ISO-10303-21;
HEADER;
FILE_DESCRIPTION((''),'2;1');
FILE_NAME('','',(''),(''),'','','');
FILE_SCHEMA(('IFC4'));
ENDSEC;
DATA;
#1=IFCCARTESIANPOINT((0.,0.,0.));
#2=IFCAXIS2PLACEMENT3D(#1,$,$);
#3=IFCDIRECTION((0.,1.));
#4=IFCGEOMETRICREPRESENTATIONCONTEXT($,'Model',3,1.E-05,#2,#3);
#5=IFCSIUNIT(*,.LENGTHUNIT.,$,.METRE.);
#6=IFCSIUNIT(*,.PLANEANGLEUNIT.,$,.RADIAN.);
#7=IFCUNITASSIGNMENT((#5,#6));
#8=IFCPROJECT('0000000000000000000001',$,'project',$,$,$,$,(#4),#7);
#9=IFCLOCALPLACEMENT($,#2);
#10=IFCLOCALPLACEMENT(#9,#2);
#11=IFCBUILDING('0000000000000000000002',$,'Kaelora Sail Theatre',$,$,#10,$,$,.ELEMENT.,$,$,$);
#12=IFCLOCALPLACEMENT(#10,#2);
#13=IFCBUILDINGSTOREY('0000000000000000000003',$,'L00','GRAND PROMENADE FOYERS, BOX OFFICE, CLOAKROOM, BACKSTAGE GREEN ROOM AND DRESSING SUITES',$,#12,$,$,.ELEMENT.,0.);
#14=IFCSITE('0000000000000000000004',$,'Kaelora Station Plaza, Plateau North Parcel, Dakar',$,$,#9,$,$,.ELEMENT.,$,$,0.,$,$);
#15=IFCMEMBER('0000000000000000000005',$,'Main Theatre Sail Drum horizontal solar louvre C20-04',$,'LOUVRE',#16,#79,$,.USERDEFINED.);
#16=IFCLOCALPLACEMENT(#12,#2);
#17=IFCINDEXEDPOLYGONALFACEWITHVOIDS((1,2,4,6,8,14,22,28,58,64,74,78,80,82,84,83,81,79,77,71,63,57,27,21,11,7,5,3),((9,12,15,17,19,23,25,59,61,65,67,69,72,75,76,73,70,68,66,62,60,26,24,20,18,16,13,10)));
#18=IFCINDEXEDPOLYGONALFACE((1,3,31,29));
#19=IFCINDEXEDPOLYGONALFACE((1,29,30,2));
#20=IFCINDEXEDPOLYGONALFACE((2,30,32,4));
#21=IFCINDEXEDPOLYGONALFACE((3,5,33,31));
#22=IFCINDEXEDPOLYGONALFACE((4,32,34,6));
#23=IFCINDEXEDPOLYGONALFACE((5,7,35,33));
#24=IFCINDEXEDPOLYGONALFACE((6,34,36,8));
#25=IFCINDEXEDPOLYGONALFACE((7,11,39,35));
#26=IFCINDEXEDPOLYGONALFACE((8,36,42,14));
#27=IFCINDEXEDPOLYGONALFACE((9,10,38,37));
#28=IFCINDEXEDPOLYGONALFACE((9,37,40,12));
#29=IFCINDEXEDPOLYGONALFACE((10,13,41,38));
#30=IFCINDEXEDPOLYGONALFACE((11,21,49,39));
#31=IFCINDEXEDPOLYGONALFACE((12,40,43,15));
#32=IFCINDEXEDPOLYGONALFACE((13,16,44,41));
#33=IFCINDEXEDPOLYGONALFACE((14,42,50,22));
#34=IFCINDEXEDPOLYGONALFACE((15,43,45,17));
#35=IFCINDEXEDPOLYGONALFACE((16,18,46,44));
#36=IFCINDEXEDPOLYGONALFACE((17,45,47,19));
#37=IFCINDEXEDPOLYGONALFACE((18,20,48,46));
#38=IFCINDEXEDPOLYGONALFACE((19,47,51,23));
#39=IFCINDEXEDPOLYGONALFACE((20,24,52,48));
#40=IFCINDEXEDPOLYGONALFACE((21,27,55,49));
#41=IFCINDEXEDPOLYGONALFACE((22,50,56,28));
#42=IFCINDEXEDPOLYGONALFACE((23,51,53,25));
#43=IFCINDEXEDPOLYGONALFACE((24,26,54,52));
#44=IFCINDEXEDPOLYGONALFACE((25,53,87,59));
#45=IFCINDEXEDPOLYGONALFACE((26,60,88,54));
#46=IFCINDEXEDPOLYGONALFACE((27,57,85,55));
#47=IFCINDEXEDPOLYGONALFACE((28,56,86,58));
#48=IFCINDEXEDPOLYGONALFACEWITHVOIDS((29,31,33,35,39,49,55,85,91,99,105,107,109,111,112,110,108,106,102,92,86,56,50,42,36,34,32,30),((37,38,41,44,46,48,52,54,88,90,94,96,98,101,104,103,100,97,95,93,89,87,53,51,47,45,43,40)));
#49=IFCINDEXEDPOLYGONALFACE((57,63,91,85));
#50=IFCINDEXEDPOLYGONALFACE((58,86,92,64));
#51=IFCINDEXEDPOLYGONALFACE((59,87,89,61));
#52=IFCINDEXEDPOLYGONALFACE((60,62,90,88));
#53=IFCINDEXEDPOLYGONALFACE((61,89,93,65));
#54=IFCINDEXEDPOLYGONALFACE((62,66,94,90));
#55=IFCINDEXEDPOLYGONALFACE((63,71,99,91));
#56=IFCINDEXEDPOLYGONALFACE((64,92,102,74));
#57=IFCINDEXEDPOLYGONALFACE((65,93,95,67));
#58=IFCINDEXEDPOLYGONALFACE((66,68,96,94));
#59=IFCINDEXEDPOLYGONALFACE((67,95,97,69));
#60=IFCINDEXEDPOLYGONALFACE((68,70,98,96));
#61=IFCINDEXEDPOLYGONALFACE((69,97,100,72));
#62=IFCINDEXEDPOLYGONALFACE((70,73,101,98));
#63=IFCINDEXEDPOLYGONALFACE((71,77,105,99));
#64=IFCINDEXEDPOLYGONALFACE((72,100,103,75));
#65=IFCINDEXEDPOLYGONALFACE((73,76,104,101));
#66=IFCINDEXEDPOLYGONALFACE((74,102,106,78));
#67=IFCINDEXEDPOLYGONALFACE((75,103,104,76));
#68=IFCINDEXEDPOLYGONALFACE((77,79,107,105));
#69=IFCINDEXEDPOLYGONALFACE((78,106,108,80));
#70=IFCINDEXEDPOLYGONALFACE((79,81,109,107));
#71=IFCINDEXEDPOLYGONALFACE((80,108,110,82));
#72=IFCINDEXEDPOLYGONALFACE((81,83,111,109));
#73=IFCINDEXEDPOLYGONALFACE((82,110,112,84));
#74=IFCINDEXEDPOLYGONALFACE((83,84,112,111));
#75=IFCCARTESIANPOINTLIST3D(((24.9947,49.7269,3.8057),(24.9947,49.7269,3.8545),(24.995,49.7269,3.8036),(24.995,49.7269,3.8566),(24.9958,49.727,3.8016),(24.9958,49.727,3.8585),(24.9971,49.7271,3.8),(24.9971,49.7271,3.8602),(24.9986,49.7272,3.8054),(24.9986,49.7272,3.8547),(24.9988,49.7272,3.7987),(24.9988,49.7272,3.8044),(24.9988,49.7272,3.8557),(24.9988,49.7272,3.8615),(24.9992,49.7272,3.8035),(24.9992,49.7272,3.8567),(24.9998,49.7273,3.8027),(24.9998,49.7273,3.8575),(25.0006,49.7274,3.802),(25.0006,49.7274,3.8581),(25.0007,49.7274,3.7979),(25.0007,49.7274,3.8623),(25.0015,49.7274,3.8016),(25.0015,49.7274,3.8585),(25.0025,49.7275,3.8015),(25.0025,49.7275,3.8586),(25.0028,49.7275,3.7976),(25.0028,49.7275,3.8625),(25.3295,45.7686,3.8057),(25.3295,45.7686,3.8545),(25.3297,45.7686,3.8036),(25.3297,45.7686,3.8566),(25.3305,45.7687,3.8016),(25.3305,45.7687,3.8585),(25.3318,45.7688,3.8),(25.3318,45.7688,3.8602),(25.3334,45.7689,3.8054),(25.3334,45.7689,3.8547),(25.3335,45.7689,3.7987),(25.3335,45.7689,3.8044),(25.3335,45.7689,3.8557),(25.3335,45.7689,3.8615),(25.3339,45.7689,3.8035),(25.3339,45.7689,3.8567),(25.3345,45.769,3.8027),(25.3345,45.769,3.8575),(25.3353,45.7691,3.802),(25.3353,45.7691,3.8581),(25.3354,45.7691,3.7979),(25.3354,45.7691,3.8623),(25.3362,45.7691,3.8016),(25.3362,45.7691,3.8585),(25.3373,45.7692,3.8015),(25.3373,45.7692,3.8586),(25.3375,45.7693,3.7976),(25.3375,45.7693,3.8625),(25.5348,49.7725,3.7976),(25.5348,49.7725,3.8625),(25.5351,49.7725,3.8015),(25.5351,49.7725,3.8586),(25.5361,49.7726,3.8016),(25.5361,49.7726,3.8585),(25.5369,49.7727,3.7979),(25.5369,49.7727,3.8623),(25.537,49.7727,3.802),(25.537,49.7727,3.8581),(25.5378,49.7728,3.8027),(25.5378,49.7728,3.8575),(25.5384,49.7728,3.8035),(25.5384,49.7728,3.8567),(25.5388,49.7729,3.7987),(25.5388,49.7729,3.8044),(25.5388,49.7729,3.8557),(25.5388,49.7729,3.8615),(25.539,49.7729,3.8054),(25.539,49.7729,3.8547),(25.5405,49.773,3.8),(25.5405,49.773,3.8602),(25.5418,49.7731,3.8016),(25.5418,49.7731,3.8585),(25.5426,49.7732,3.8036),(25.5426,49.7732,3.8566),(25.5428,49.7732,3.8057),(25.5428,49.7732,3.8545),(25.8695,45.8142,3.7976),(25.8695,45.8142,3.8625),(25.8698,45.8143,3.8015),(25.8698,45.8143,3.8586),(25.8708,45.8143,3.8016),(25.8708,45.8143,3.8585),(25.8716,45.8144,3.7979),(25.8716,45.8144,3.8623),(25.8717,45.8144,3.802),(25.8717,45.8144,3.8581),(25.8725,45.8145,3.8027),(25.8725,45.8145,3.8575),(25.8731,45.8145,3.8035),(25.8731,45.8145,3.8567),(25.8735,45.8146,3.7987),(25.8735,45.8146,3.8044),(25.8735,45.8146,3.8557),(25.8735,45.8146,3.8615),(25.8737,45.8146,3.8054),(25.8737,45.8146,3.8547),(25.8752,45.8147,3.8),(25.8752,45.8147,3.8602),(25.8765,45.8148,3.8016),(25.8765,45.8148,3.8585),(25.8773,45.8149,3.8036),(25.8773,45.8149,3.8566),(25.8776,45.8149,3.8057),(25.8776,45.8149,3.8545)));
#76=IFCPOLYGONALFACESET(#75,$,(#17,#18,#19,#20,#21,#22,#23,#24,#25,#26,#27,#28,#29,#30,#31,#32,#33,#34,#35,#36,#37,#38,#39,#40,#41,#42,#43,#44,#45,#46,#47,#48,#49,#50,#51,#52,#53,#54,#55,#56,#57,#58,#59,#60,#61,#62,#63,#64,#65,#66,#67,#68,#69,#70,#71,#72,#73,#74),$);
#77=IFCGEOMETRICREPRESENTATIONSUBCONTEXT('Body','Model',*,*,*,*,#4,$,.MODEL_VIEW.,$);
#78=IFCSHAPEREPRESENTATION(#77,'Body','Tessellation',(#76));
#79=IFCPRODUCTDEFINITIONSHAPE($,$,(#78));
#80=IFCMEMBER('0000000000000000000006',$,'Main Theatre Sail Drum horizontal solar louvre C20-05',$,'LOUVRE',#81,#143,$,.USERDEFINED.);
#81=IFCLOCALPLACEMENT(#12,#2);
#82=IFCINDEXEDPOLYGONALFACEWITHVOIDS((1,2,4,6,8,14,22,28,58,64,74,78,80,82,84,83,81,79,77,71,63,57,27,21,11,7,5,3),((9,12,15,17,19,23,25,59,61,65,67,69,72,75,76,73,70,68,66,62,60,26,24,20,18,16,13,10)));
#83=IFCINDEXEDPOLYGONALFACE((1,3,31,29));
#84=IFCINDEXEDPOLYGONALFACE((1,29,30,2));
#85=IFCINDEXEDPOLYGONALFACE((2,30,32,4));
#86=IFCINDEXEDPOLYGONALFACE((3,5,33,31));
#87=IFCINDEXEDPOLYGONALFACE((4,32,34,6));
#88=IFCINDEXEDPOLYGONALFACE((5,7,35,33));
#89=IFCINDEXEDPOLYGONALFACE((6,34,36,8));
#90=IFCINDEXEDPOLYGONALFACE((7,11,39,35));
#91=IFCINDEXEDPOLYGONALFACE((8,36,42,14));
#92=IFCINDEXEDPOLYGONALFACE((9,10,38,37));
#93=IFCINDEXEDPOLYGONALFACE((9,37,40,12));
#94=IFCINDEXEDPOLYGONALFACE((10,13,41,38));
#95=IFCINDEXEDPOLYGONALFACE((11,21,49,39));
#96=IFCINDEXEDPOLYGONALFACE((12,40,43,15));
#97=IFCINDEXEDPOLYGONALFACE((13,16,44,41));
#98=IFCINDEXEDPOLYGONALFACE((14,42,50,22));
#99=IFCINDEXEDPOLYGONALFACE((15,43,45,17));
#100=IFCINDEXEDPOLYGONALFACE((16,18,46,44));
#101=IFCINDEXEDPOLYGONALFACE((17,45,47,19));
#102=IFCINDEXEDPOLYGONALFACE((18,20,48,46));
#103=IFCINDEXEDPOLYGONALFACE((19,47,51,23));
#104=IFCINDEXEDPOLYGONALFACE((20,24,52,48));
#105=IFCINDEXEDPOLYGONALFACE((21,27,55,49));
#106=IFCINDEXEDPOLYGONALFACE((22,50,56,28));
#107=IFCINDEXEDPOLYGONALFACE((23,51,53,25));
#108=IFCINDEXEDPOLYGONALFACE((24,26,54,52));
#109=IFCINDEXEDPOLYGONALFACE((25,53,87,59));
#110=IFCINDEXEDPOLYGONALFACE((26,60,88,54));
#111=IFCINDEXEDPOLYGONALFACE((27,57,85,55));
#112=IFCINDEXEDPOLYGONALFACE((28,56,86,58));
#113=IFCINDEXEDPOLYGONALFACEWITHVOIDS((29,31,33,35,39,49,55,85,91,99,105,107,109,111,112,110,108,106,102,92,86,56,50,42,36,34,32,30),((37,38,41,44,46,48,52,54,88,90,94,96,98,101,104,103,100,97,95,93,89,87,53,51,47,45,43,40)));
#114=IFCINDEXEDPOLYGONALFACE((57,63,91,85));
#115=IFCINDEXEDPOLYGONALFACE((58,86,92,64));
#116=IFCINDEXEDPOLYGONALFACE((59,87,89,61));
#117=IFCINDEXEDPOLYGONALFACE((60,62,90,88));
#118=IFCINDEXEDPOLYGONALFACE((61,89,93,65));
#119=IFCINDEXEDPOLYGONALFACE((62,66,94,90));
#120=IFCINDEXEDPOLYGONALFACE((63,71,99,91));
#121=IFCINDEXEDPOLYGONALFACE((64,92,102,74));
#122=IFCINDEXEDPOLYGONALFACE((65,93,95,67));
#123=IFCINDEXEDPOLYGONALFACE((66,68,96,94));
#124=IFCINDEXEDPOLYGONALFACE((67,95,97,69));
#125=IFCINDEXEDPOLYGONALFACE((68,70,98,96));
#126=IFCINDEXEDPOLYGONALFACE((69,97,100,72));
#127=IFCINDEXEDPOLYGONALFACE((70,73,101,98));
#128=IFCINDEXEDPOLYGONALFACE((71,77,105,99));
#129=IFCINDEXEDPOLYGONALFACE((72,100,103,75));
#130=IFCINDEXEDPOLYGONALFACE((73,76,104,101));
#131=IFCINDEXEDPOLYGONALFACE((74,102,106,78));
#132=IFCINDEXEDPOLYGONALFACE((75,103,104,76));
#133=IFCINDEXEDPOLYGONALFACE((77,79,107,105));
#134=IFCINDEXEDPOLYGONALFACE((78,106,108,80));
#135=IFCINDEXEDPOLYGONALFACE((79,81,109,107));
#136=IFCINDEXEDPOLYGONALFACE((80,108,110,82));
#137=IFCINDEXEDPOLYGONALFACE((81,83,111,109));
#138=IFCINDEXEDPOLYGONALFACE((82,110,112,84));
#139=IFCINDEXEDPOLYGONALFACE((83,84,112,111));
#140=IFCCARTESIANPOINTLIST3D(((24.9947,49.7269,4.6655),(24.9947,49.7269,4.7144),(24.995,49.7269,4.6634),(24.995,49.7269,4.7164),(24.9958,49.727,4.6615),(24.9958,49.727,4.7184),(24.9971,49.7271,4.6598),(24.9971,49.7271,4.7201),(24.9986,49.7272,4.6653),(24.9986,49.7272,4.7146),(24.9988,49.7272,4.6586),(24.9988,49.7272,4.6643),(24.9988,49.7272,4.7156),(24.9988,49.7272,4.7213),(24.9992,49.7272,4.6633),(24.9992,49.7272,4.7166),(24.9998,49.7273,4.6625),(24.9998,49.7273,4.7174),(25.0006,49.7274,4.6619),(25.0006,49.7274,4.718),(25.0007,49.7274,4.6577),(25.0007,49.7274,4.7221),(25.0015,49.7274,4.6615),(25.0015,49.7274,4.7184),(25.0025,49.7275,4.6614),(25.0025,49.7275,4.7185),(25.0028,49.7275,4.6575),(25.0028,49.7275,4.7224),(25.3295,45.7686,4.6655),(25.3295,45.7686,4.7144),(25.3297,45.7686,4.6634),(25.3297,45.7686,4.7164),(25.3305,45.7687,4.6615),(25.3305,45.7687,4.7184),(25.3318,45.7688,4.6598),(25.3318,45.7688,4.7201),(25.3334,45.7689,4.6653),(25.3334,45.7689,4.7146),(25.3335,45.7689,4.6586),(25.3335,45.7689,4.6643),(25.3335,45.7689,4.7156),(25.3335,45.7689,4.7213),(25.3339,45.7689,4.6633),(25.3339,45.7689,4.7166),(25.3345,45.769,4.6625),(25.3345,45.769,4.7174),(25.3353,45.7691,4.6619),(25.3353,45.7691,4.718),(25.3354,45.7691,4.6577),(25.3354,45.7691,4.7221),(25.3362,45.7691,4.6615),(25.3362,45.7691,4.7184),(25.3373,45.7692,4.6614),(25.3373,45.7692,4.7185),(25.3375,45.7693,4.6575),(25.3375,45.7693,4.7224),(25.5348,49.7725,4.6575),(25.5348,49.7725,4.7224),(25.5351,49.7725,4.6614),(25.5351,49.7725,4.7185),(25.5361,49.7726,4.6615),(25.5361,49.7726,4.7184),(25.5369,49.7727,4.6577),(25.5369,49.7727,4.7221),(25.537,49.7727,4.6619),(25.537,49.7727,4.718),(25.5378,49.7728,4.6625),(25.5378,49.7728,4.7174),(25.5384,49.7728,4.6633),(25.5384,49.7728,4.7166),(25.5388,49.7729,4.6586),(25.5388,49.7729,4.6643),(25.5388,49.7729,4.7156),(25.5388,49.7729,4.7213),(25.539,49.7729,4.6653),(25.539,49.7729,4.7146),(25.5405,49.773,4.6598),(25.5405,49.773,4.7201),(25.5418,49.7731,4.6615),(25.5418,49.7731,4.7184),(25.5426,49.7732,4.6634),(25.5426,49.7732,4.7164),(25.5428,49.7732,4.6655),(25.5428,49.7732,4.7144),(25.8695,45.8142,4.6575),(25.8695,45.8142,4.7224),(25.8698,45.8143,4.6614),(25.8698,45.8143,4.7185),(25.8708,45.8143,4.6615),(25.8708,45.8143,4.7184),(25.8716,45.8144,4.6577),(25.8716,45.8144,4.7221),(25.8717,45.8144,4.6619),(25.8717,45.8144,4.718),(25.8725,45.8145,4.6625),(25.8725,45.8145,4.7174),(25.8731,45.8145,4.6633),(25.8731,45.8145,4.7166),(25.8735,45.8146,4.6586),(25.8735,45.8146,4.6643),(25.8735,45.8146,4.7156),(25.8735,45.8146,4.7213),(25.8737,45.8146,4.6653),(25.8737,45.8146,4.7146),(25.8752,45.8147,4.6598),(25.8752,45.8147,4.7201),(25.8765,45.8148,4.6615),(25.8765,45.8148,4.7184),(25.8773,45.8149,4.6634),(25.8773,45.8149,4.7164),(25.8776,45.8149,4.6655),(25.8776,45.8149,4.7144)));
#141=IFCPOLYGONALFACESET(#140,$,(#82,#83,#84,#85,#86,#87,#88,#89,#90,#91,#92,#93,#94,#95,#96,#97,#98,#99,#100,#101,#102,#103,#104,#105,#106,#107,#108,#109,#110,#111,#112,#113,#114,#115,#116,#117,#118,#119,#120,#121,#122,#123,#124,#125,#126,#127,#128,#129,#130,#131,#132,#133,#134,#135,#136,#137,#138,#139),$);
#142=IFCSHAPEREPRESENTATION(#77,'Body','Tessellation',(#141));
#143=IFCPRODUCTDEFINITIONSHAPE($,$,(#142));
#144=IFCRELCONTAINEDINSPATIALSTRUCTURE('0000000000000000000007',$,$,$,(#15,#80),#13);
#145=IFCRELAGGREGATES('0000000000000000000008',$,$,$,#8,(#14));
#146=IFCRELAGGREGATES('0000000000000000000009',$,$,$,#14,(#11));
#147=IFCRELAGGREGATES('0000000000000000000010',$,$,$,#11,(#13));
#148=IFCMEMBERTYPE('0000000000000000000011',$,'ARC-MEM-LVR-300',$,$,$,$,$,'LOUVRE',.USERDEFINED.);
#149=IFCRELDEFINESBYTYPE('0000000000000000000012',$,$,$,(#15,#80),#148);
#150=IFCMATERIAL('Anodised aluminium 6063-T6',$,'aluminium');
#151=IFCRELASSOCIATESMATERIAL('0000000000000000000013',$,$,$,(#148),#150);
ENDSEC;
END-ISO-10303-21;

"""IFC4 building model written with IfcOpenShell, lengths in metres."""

from ifc_helpers import new_model, si_unit, direction, frame, origin, origin_2d, place, context, subcontext, project, spatial, hollow_rectangle, extrude, material, material_profile, profile_set, type_object, element, save


model = new_model("IFC4")

# Units and contexts
model_context = context("Model", 3, precision=1e-05, world=origin(), true_north=direction((0.0, 1.0)))
body_context = subcontext(model_context, "Body", "Model", "MODEL_VIEW")
ifc_project = project(units=[si_unit("LENGTHUNIT", "METRE"), si_unit("PLANEANGLEUNIT", "RADIAN")], contexts=[model_context])

# Site, building, storey
site_placement = place(None, origin())
site = spatial("IfcSite", under=ifc_project, at=site_placement, Name="Kaelora Station Plaza, Plateau North Parcel, Dakar", CompositionType="ELEMENT", RefElevation=0.0)
building_placement = place(site_placement, origin())
building = spatial("IfcBuilding", under=site, at=building_placement, Name="Kaelora Sail Theatre", CompositionType="ELEMENT")
storey_placement = place(building_placement, origin())
storey = spatial("IfcBuildingStorey", under=building, at=storey_placement, Name="L00", Description="GRAND PROMENADE FOYERS, BOX OFFICE, CLOAKROOM, BACKSTAGE GREEN ROOM AND DRESSING SUITES", CompositionType="ELEMENT", Elevation=0.0)

# Members
ifc_material_1 = material(Name="Anodised aluminium 6063-T6", Category="aluminium")
ifc_material_profile_1 = material_profile(ifc_material_1, hollow_rectangle(XDim=0.55, YDim=0.0649, WallThickness=0.0039, InnerFilletRadius=0.0039, OuterFilletRadius=0.0081, at=origin_2d()), Name="LOUVRE 550x65x4")
ifc_profile_set_1 = profile_set([ifc_material_profile_1], Name="Anodised aluminium 6063-T6")
member_type_1 = type_object("IfcMemberType", Name="ARC-MEM-LVR-300", ElementType="LOUVRE", PredefinedType="USERDEFINED", material=ifc_profile_set_1)
for number, where, z_axis, x_axis, name in (
    (1, (25.6035, 45.7917, 3.8301), (-0.084261, 0.996444, 0.0), (-0.996444, -0.084261, 0.0), "Main Theatre Sail Drum horizontal solar louvre C20-04"),
    (2, (25.6035, 45.7917, 4.6899), (-0.084261, 0.996444, 0.0), (-0.996444, -0.084261, 0.0), "Main Theatre Sail Drum horizontal solar louvre C20-05"),
):
    element("IfcMember", number, at=place(storey_placement, frame(where, z_axis=z_axis, x_axis=x_axis)), inside=storey, type_object=member_type_1, Name=name, ObjectType="LOUVRE", PredefinedType="USERDEFINED", context=body_context, shape_type="SweptSolid", body=[
        extrude(hollow_rectangle(XDim=0.55, YDim=0.0649, WallThickness=0.0039, InnerFilletRadius=0.0039, OuterFilletRadius=0.0081, at=origin_2d()), origin(), (0.0, 0.0, 1.0), 3.9724),
    ])

save(model, "model.ifc")
